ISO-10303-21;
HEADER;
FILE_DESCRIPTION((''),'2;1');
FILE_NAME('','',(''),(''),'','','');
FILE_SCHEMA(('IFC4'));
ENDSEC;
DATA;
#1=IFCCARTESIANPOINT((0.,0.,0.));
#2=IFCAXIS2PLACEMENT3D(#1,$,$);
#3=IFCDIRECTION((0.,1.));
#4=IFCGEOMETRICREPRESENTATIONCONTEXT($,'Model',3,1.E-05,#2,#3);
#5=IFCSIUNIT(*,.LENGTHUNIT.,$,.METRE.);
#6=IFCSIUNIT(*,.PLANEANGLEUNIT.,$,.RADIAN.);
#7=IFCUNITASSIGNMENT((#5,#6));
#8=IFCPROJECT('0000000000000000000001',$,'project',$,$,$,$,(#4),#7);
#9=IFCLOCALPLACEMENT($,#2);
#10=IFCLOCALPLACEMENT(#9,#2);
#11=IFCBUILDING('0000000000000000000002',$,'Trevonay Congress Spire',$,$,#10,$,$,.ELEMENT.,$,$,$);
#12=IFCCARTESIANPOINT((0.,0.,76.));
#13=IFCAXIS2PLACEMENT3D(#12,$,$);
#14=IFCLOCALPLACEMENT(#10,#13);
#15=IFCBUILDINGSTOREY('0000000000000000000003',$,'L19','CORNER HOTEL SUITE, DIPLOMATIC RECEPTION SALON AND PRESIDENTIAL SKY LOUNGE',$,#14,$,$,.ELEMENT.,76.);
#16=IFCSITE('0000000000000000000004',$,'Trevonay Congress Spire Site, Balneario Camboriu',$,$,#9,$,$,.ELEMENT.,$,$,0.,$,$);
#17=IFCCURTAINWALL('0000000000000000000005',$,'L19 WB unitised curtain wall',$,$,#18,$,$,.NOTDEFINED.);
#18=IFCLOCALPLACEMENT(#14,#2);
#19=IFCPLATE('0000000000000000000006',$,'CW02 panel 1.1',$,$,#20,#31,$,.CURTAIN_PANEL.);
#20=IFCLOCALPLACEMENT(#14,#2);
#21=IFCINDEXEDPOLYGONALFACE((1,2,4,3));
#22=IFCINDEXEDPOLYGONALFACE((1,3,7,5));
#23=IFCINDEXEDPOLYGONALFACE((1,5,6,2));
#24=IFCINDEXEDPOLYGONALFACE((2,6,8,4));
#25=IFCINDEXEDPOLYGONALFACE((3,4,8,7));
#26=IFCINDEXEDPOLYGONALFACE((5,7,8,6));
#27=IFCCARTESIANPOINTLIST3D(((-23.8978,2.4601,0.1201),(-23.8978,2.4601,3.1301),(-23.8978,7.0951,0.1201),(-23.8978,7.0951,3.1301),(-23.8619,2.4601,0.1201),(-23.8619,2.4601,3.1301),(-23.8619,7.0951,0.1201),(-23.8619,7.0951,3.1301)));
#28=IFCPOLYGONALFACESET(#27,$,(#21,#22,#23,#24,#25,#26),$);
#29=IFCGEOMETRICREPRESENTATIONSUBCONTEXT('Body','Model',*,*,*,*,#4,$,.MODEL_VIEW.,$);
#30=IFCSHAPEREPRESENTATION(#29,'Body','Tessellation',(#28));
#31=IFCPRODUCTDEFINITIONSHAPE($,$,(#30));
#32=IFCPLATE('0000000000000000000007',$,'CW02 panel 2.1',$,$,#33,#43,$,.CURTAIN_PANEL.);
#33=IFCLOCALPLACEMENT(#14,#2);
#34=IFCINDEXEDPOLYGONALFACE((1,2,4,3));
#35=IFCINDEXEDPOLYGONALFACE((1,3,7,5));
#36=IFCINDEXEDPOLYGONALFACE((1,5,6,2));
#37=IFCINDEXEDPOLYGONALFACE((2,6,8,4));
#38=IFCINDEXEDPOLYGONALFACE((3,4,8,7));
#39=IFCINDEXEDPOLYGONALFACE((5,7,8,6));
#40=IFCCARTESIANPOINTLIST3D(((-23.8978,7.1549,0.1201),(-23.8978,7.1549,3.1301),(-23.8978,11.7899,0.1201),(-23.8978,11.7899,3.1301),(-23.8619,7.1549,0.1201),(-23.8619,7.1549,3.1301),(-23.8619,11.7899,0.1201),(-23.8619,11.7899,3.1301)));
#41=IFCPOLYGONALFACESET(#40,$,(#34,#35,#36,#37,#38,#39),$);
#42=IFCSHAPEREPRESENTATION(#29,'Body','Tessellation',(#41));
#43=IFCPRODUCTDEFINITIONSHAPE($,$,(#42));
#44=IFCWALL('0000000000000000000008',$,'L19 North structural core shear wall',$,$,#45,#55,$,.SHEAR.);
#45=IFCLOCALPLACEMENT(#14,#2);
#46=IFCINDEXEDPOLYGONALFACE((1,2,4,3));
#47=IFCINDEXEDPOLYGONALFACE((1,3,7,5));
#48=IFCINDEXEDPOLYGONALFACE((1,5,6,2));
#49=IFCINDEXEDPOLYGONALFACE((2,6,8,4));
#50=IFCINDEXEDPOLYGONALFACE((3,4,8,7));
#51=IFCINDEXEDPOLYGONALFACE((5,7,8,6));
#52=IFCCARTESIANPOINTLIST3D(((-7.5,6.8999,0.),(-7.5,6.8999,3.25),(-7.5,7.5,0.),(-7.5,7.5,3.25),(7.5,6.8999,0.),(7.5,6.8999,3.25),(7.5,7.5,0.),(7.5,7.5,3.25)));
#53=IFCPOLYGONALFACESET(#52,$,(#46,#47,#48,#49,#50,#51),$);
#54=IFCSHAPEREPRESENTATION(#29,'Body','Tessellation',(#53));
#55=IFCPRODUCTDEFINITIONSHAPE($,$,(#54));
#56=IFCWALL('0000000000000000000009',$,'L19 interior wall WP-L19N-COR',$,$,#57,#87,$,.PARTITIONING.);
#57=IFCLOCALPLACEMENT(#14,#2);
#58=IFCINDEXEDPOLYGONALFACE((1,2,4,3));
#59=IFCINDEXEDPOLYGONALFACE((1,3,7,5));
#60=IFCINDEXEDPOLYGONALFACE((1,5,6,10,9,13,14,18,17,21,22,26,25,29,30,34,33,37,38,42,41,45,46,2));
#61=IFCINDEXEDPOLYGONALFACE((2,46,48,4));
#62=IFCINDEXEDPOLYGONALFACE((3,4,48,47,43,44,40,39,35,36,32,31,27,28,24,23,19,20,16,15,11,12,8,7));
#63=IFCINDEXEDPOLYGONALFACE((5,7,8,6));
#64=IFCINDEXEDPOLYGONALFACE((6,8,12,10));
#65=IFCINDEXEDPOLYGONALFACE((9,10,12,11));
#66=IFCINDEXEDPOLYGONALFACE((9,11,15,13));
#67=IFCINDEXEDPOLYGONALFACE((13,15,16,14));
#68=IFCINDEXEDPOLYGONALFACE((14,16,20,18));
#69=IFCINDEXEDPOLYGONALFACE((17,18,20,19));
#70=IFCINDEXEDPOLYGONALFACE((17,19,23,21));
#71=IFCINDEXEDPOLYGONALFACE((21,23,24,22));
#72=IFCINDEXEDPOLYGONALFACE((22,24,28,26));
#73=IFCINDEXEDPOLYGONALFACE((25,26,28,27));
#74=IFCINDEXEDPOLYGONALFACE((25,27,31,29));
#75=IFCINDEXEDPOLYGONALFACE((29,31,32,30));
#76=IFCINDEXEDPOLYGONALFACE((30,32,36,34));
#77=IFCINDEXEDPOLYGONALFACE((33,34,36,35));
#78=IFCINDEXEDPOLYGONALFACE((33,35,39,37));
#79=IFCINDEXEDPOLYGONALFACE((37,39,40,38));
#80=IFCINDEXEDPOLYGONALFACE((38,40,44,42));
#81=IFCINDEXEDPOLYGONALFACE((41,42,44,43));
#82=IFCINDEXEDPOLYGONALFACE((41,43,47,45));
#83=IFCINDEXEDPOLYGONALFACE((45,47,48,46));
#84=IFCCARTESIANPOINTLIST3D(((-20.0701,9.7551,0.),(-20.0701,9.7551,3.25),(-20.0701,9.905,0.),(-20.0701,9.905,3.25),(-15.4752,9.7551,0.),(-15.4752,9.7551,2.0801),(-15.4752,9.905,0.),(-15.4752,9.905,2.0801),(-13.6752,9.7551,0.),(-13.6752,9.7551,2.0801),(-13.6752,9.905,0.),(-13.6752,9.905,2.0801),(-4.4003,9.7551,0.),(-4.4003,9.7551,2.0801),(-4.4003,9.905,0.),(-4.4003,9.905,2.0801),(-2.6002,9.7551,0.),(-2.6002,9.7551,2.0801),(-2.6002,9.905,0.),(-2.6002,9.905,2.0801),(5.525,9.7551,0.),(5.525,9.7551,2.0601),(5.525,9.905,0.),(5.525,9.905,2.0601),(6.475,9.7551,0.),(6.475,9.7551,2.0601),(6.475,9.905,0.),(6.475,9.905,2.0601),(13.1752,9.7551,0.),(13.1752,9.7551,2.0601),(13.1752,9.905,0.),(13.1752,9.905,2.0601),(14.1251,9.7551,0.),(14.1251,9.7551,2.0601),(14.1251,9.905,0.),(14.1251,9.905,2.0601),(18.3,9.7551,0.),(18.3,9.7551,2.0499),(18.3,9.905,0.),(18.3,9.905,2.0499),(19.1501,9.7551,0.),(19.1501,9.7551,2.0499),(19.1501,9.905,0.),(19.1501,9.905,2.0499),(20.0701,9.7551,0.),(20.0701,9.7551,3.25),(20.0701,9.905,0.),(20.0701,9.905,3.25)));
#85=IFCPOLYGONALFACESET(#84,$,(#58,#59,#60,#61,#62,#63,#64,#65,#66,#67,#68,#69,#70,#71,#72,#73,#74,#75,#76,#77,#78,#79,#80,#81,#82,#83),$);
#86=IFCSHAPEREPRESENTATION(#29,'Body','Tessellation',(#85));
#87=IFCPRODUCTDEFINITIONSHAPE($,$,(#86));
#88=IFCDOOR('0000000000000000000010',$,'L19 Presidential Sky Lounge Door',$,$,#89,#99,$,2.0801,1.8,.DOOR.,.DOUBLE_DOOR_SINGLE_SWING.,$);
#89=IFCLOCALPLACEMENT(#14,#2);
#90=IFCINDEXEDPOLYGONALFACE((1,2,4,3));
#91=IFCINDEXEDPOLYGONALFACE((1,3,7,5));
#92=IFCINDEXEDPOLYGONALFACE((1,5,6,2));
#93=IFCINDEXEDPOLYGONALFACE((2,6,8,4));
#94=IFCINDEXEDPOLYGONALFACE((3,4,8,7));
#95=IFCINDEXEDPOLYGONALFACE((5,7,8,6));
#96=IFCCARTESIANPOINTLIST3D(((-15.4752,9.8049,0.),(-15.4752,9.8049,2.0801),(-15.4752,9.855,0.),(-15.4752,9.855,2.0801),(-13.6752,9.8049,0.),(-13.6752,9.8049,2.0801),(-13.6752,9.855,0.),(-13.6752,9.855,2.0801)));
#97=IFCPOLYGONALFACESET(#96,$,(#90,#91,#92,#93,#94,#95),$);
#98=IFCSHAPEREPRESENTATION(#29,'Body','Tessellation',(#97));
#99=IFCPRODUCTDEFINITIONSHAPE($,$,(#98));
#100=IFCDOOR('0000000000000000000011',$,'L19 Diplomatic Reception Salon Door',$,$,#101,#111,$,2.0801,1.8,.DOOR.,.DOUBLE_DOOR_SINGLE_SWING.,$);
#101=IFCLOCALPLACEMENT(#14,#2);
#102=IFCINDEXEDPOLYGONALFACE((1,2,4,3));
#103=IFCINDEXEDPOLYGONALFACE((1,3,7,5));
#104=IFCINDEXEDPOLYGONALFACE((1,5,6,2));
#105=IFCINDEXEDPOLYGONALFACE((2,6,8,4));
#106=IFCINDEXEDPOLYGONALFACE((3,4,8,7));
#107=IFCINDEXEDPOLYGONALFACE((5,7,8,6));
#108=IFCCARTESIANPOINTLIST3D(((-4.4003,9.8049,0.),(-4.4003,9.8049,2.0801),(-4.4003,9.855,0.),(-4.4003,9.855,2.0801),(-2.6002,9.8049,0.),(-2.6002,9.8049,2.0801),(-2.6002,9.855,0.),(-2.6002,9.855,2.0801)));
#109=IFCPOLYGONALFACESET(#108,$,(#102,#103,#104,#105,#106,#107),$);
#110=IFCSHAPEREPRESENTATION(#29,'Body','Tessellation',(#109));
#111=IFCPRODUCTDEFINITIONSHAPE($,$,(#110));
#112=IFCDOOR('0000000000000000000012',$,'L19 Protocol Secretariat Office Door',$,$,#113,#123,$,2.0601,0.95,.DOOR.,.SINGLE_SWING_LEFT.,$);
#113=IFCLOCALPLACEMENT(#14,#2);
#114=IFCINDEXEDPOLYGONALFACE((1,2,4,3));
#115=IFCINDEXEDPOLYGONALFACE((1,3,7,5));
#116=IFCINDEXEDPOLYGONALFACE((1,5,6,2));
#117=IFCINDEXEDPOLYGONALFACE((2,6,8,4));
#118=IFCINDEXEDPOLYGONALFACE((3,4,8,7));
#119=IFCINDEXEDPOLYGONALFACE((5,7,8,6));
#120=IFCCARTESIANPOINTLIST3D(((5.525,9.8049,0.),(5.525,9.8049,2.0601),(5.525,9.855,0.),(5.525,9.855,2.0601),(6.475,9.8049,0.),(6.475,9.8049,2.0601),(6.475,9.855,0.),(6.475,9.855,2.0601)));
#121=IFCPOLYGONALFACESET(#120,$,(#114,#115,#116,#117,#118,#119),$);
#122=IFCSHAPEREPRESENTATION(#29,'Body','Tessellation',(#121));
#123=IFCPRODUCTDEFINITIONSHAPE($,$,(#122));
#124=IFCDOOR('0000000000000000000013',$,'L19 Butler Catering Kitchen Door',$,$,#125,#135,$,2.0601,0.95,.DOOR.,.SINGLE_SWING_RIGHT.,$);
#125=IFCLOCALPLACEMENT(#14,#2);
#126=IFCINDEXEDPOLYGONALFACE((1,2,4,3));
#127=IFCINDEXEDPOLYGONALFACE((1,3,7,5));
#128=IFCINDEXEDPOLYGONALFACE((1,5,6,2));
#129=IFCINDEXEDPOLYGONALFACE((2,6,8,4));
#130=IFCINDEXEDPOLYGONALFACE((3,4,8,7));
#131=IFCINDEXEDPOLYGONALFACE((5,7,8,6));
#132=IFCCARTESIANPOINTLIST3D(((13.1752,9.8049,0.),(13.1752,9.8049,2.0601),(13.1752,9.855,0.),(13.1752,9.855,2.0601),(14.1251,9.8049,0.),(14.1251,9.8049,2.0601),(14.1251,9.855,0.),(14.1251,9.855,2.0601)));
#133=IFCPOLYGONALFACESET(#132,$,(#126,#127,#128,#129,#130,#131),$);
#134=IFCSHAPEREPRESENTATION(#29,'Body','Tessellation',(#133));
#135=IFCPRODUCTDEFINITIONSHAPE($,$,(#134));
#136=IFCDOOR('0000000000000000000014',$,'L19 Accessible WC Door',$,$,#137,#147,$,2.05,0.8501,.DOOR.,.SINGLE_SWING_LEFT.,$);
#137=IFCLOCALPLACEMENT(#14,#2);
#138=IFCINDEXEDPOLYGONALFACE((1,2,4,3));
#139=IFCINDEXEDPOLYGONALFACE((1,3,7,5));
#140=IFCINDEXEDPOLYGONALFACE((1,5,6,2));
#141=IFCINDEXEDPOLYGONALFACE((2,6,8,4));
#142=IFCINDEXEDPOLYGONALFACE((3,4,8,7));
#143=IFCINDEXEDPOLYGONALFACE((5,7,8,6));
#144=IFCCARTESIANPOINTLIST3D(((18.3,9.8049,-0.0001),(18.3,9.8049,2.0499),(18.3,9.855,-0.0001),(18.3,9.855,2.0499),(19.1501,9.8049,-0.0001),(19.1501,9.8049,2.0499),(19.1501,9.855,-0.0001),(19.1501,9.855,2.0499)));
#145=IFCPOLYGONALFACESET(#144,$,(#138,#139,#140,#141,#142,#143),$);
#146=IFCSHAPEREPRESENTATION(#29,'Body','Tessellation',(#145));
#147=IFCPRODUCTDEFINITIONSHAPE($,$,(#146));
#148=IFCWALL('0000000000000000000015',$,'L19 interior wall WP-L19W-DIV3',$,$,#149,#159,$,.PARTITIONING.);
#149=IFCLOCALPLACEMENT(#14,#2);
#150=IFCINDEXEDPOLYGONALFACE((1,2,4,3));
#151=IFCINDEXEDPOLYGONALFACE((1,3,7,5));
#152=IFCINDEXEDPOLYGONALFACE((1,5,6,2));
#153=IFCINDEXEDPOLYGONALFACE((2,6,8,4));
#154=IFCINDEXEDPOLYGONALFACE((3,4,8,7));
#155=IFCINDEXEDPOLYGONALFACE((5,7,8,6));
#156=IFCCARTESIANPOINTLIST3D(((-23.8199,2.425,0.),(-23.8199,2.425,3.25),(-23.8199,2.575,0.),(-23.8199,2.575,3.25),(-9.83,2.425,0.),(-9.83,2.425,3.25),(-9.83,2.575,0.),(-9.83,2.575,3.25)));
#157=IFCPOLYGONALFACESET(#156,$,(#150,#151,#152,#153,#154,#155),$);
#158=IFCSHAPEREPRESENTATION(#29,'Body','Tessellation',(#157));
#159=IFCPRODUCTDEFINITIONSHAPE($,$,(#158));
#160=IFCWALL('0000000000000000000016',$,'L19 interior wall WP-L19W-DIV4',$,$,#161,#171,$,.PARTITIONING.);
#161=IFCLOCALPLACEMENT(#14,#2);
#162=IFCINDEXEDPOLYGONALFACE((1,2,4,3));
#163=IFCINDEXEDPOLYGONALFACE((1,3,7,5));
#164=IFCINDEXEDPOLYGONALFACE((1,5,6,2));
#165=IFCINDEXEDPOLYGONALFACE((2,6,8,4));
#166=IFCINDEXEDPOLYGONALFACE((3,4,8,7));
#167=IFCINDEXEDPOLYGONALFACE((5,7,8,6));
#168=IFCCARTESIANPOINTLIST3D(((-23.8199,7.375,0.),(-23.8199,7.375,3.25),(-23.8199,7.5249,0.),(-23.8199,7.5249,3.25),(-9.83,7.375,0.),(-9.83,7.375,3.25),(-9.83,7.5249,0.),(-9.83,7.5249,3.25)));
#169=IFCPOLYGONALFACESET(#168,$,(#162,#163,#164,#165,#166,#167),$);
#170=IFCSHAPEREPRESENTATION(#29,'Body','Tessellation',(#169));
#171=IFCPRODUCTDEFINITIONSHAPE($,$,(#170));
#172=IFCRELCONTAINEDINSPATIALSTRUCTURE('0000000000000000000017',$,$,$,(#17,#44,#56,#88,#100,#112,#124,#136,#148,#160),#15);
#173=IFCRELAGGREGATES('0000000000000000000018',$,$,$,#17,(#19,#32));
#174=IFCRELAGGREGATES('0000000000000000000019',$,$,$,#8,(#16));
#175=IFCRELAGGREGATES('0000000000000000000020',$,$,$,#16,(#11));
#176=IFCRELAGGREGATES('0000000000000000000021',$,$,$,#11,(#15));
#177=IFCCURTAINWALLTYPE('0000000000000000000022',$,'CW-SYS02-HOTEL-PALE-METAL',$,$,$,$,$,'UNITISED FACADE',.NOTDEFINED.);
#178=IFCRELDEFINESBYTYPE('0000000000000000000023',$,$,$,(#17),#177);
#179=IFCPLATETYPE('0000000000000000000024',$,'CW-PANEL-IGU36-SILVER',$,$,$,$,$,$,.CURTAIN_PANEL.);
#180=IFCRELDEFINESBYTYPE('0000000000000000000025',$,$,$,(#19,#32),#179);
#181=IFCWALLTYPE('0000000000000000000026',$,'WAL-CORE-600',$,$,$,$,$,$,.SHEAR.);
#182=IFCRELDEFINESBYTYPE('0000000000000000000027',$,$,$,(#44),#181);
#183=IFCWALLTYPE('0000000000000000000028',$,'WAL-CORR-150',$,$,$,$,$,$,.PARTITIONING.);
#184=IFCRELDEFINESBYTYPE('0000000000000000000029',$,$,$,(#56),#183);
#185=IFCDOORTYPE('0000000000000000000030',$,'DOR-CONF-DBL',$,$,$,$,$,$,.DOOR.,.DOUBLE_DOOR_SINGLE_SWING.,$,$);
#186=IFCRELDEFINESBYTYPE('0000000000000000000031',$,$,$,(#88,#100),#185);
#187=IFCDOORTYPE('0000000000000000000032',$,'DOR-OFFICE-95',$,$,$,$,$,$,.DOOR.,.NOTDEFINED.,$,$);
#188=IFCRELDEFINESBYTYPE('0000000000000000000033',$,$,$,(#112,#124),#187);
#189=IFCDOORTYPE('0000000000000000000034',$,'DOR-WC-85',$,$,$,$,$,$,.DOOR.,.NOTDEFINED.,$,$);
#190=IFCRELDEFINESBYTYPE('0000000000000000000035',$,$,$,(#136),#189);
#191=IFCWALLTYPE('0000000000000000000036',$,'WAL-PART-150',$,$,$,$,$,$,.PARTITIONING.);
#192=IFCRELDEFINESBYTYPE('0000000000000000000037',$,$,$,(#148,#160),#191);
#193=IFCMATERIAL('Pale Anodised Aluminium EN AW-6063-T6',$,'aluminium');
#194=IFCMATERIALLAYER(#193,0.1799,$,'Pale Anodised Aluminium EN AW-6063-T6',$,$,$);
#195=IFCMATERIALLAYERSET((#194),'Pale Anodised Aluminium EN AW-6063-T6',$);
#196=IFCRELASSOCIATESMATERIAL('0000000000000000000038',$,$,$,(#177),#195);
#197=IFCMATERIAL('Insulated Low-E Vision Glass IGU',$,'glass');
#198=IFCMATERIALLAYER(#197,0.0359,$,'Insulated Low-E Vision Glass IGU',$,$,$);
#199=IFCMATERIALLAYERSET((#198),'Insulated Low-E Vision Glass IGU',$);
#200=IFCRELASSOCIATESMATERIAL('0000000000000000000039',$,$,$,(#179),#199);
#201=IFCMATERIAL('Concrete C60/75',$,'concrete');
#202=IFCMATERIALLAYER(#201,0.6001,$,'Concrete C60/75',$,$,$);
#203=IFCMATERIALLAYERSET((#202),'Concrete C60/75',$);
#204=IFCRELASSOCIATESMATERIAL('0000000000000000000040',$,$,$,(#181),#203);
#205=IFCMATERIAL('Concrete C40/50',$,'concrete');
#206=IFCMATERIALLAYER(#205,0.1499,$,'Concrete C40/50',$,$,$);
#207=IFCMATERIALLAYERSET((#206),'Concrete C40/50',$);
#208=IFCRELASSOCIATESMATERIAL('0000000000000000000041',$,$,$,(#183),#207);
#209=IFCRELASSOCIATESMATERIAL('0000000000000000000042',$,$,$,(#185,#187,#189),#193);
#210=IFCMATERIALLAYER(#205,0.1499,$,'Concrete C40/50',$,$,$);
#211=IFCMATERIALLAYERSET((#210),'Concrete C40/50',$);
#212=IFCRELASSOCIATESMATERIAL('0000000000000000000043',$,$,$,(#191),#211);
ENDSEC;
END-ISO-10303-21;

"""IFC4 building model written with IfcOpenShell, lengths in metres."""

from ifc_helpers import new_model, si_unit, direction, frame, frame_2d, origin, origin_2d, place, context, subcontext, project, spatial, rectangle, extrude, material, layer, layer_set, type_object, element, fill, aggregate, save


model = new_model("IFC4")

# Units and contexts
model_context = context("Model", 3, precision=1e-05, world=origin(), true_north=direction((0.0, 1.0)))
body_context = subcontext(model_context, "Body", "Model", "MODEL_VIEW")
ifc_project = project(units=[si_unit("LENGTHUNIT", "METRE"), si_unit("PLANEANGLEUNIT", "RADIAN")], contexts=[model_context])

# Site, building, storey
site_placement = place(None, origin())
site = spatial("IfcSite", under=ifc_project, at=site_placement, Name="Trevonay Congress Spire Site, Balneario Camboriu", CompositionType="ELEMENT", RefElevation=0.0)
building_placement = place(site_placement, origin())
building = spatial("IfcBuilding", under=site, at=building_placement, Name="Trevonay Congress Spire", CompositionType="ELEMENT")
storey_placement = place(building_placement, frame((0.0, 0.0, 76.0)))
storey = spatial("IfcBuildingStorey", under=building, at=storey_placement, Name="L19", Description="CORNER HOTEL SUITE, DIPLOMATIC RECEPTION SALON AND PRESIDENTIAL SKY LOUNGE", CompositionType="ELEMENT", Elevation=76.0)

# Curtain wall, plates
ifc_material_1 = material(Name="Pale Anodised Aluminium EN AW-6063-T6", Category="aluminium")
ifc_layer_1 = layer(ifc_material_1, 0.1799, Name="Pale Anodised Aluminium EN AW-6063-T6")
ifc_layer_set_1 = layer_set([ifc_layer_1], Name="Pale Anodised Aluminium EN AW-6063-T6")
curtain_wall_type = type_object("IfcCurtainWallType", Name="CW-SYS02-HOTEL-PALE-METAL", ElementType="UNITISED FACADE", PredefinedType="NOTDEFINED", material=ifc_layer_set_1)
curtain_wall_placement = place(storey_placement, origin())
curtain_wall = element("IfcCurtainWall", 1, at=curtain_wall_placement, inside=storey, type_object=curtain_wall_type, Name="L19 WB unitised curtain wall", PredefinedType="NOTDEFINED")
ifc_material_2 = material(Name="Insulated Low-E Vision Glass IGU", Category="glass")
ifc_layer_2 = layer(ifc_material_2, 0.0359, Name="Insulated Low-E Vision Glass IGU")
ifc_layer_set_2 = layer_set([ifc_layer_2], Name="Insulated Low-E Vision Glass IGU")
plate_type = type_object("IfcPlateType", Name="CW-PANEL-IGU36-SILVER", PredefinedType="CURTAIN_PANEL", material=ifc_layer_set_2)
plate_1_placement = place(storey_placement, frame((-23.8799, 4.7776, 0.1201), z_axis=(0.0, 0.0, 1.0), x_axis=(0.0, 1.0, 0.0)))
plate_1 = element("IfcPlate", 2, at=plate_1_placement, type_object=plate_type, Name="CW02 panel 1.1", PredefinedType="CURTAIN_PANEL", context=body_context, shape_type="SweptSolid", body=[
    extrude(rectangle(XDim=4.635, YDim=0.0359, at=origin_2d()), origin(), (0.0, 0.0, 1.0), 3.01),
])
plate_2_placement = place(storey_placement, frame((-23.8799, 9.4724, 0.1201), z_axis=(0.0, 0.0, 1.0), x_axis=(0.0, 1.0, 0.0)))
plate_2 = element("IfcPlate", 3, at=plate_2_placement, type_object=plate_type, Name="CW02 panel 2.1", PredefinedType="CURTAIN_PANEL", context=body_context, shape_type="SweptSolid", body=[
    extrude(rectangle(XDim=4.635, YDim=0.0359, at=origin_2d()), origin(), (0.0, 0.0, 1.0), 3.01),
])
aggregate(curtain_wall, [plate_1, plate_2])

# Wall
ifc_material_3 = material(Name="Concrete C60/75", Category="concrete")
ifc_layer_3 = layer(ifc_material_3, 0.6001, Name="Concrete C60/75")
ifc_layer_set_3 = layer_set([ifc_layer_3], Name="Concrete C60/75")
wall_type_1 = type_object("IfcWallType", Name="WAL-CORE-600", PredefinedType="SHEAR", material=ifc_layer_set_3)
wall_1_placement = place(storey_placement, frame((-7.5, 7.2, 0.0), z_axis=(0.0, 0.0, 1.0), x_axis=(1.0, 0.0, 0.0)))
element("IfcWall", 4, at=wall_1_placement, inside=storey, type_object=wall_type_1, Name="L19 North structural core shear wall", PredefinedType="SHEAR", context=body_context, shape_type="SweptSolid", body=[
    extrude(rectangle(XDim=15.0, YDim=0.6001, at=frame_2d((7.5, 0.0))), origin(), (0.0, 0.0, 1.0), 3.25),
])

# Wall, openings, doors
ifc_material_4 = material(Name="Concrete C40/50", Category="concrete")
ifc_layer_4 = layer(ifc_material_4, 0.1499, Name="Concrete C40/50")
ifc_layer_set_4 = layer_set([ifc_layer_4], Name="Concrete C40/50")
wall_type_2 = type_object("IfcWallType", Name="WAL-CORR-150", PredefinedType="PARTITIONING", material=ifc_layer_set_4)
wall_2_placement = place(storey_placement, frame((-20.0701, 9.8301, 0.0), z_axis=(0.0, 0.0, 1.0), x_axis=(1.0, 0.0, 0.0)))
wall_2 = element("IfcWall", 5, at=wall_2_placement, inside=storey, type_object=wall_type_2, Name="L19 interior wall WP-L19N-COR", PredefinedType="PARTITIONING", context=body_context, shape_type="SweptSolid", body=[
    extrude(rectangle(XDim=40.1401, YDim=0.1499, at=frame_2d((20.0701, 0.0))), origin(), (0.0, 0.0, 1.0), 3.25),
])
opening_1_placement = place(wall_2_placement, frame((4.595, 0.0, 0.0)))
opening_1 = element("IfcOpeningElement", 6, at=opening_1_placement, cuts=wall_2, PredefinedType="OPENING", context=body_context, shape_type="SweptSolid", body=[
    extrude(rectangle(XDim=1.8, YDim=2.0801, at=frame_2d((0.8999, 1.04))), frame((0.0, 0.085, 0.0), z_axis=(0.0, -1.0, 0.0), x_axis=(1.0, 0.0, 0.0)), (0.0, 0.0, 1.0), 0.1699),
])
opening_2_placement = place(wall_2_placement, frame((15.6699, 0.0, 0.0)))
opening_2 = element("IfcOpeningElement", 7, at=opening_2_placement, cuts=wall_2, PredefinedType="OPENING", context=body_context, shape_type="SweptSolid", body=[
    extrude(rectangle(XDim=1.8, YDim=2.0801, at=frame_2d((0.8999, 1.04))), frame((0.0, 0.085, 0.0), z_axis=(0.0, -1.0, 0.0), x_axis=(1.0, 0.0, 0.0)), (0.0, 0.0, 1.0), 0.1699),
])
opening_3_placement = place(wall_2_placement, frame((25.595, 0.0, 0.0)))
opening_3 = element("IfcOpeningElement", 8, at=opening_3_placement, cuts=wall_2, PredefinedType="OPENING", context=body_context, shape_type="SweptSolid", body=[
    extrude(rectangle(XDim=0.95, YDim=2.0601, at=frame_2d((0.4751, 1.03))), frame((0.0, 0.085, 0.0), z_axis=(0.0, -1.0, 0.0), x_axis=(1.0, 0.0, 0.0)), (0.0, 0.0, 1.0), 0.1699),
])
opening_4_placement = place(wall_2_placement, frame((33.2451, 0.0, 0.0)))
opening_4 = element("IfcOpeningElement", 9, at=opening_4_placement, cuts=wall_2, PredefinedType="OPENING", context=body_context, shape_type="SweptSolid", body=[
    extrude(rectangle(XDim=0.95, YDim=2.0601, at=frame_2d((0.4751, 1.03))), frame((0.0, 0.085, 0.0), z_axis=(0.0, -1.0, 0.0), x_axis=(1.0, 0.0, 0.0)), (0.0, 0.0, 1.0), 0.1699),
])
opening_5_placement = place(wall_2_placement, frame((38.3701, 0.0, 0.0)))
opening_5 = element("IfcOpeningElement", 10, at=opening_5_placement, cuts=wall_2, PredefinedType="OPENING", context=body_context, shape_type="SweptSolid", body=[
    extrude(rectangle(XDim=0.8501, YDim=2.05, at=frame_2d((0.425, 1.0249))), frame((0.0, 0.085, 0.0), z_axis=(0.0, -1.0, 0.0), x_axis=(1.0, 0.0, 0.0)), (0.0, 0.0, 1.0), 0.1699),
])
door_type_1 = type_object("IfcDoorType", Name="DOR-CONF-DBL", OperationType="DOUBLE_DOOR_SINGLE_SWING", PredefinedType="DOOR", material=ifc_material_1)
door_1_placement = place(opening_1_placement, origin())
door_1 = element("IfcDoor", 11, at=door_1_placement, inside=storey, type_object=door_type_1, Name="L19 Presidential Sky Lounge Door", OperationType="DOUBLE_DOOR_SINGLE_SWING", OverallHeight=2.0801, OverallWidth=1.8, PredefinedType="DOOR", context=body_context, shape_type="SweptSolid", body=[
    extrude(rectangle(XDim=1.8, YDim=2.0801, at=frame_2d((0.8999, 1.04))), frame((0.0, 0.0249, 0.0), z_axis=(0.0, -1.0, 0.0), x_axis=(1.0, 0.0, 0.0)), (0.0, 0.0, 1.0), 0.05),
])
fill(opening_1, door_1)
door_2_placement = place(opening_2_placement, origin())
door_2 = element("IfcDoor", 12, at=door_2_placement, inside=storey, type_object=door_type_1, Name="L19 Diplomatic Reception Salon Door", OperationType="DOUBLE_DOOR_SINGLE_SWING", OverallHeight=2.0801, OverallWidth=1.8, PredefinedType="DOOR", context=body_context, shape_type="SweptSolid", body=[
    extrude(rectangle(XDim=1.8, YDim=2.0801, at=frame_2d((0.8999, 1.04))), frame((0.0, 0.0249, 0.0), z_axis=(0.0, -1.0, 0.0), x_axis=(1.0, 0.0, 0.0)), (0.0, 0.0, 1.0), 0.05),
])
fill(opening_2, door_2)
door_type_2 = type_object("IfcDoorType", Name="DOR-OFFICE-95", OperationType="NOTDEFINED", PredefinedType="DOOR", material=ifc_material_1)
door_3_placement = place(opening_3_placement, origin())
door_3 = element("IfcDoor", 13, at=door_3_placement, inside=storey, type_object=door_type_2, Name="L19 Protocol Secretariat Office Door", OperationType="SINGLE_SWING_LEFT", OverallHeight=2.0601, OverallWidth=0.95, PredefinedType="DOOR", context=body_context, shape_type="SweptSolid", body=[
    extrude(rectangle(XDim=0.95, YDim=2.0601, at=frame_2d((0.4751, 1.03))), frame((0.0, 0.0249, 0.0), z_axis=(0.0, -1.0, 0.0), x_axis=(1.0, 0.0, 0.0)), (0.0, 0.0, 1.0), 0.05),
])
fill(opening_3, door_3)
door_4_placement = place(opening_4_placement, origin())
door_4 = element("IfcDoor", 14, at=door_4_placement, inside=storey, type_object=door_type_2, Name="L19 Butler Catering Kitchen Door", OperationType="SINGLE_SWING_RIGHT", OverallHeight=2.0601, OverallWidth=0.95, PredefinedType="DOOR", context=body_context, shape_type="SweptSolid", body=[
    extrude(rectangle(XDim=0.95, YDim=2.0601, at=frame_2d((0.4751, 1.03))), frame((0.0, 0.0249, 0.0), z_axis=(0.0, -1.0, 0.0), x_axis=(1.0, 0.0, 0.0)), (0.0, 0.0, 1.0), 0.05),
])
fill(opening_4, door_4)
door_type_3 = type_object("IfcDoorType", Name="DOR-WC-85", OperationType="NOTDEFINED", PredefinedType="DOOR", material=ifc_material_1)
door_5_placement = place(opening_5_placement, origin())
door_5 = element("IfcDoor", 15, at=door_5_placement, inside=storey, type_object=door_type_3, Name="L19 Accessible WC Door", OperationType="SINGLE_SWING_LEFT", OverallHeight=2.05, OverallWidth=0.8501, PredefinedType="DOOR", context=body_context, shape_type="SweptSolid", body=[
    extrude(rectangle(XDim=0.8501, YDim=2.05, at=frame_2d((0.425, 1.0249))), frame((0.0, 0.0249, 0.0), z_axis=(0.0, -1.0, 0.0), x_axis=(1.0, 0.0, 0.0)), (0.0, 0.0, 1.0), 0.05),
])
fill(opening_5, door_5)

# Walls
ifc_layer_5 = layer(ifc_material_4, 0.1499, Name="Concrete C40/50")
ifc_layer_set_5 = layer_set([ifc_layer_5], Name="Concrete C40/50")
wall_type_3 = type_object("IfcWallType", Name="WAL-PART-150", PredefinedType="PARTITIONING", material=ifc_layer_set_5)
for number, where, z_axis, x_axis, name in (
    (16, (-23.8201, 2.5, 0.0), (0.0, 0.0, 1.0), (1.0, 0.0, 0.0), "L19 interior wall WP-L19W-DIV3"),
    (17, (-23.8201, 7.45, 0.0), (0.0, 0.0, 1.0), (1.0, 0.0, 0.0), "L19 interior wall WP-L19W-DIV4"),
):
    element("IfcWall", number, at=place(storey_placement, frame(where, z_axis=z_axis, x_axis=x_axis)), inside=storey, type_object=wall_type_3, Name=name, PredefinedType="PARTITIONING", context=body_context, shape_type="SweptSolid", body=[
        extrude(rectangle(XDim=13.99, YDim=0.1499, at=frame_2d((6.9951, 0.0))), origin(), (0.0, 0.0, 1.0), 3.25),
    ])

save(model, "model.ifc")
